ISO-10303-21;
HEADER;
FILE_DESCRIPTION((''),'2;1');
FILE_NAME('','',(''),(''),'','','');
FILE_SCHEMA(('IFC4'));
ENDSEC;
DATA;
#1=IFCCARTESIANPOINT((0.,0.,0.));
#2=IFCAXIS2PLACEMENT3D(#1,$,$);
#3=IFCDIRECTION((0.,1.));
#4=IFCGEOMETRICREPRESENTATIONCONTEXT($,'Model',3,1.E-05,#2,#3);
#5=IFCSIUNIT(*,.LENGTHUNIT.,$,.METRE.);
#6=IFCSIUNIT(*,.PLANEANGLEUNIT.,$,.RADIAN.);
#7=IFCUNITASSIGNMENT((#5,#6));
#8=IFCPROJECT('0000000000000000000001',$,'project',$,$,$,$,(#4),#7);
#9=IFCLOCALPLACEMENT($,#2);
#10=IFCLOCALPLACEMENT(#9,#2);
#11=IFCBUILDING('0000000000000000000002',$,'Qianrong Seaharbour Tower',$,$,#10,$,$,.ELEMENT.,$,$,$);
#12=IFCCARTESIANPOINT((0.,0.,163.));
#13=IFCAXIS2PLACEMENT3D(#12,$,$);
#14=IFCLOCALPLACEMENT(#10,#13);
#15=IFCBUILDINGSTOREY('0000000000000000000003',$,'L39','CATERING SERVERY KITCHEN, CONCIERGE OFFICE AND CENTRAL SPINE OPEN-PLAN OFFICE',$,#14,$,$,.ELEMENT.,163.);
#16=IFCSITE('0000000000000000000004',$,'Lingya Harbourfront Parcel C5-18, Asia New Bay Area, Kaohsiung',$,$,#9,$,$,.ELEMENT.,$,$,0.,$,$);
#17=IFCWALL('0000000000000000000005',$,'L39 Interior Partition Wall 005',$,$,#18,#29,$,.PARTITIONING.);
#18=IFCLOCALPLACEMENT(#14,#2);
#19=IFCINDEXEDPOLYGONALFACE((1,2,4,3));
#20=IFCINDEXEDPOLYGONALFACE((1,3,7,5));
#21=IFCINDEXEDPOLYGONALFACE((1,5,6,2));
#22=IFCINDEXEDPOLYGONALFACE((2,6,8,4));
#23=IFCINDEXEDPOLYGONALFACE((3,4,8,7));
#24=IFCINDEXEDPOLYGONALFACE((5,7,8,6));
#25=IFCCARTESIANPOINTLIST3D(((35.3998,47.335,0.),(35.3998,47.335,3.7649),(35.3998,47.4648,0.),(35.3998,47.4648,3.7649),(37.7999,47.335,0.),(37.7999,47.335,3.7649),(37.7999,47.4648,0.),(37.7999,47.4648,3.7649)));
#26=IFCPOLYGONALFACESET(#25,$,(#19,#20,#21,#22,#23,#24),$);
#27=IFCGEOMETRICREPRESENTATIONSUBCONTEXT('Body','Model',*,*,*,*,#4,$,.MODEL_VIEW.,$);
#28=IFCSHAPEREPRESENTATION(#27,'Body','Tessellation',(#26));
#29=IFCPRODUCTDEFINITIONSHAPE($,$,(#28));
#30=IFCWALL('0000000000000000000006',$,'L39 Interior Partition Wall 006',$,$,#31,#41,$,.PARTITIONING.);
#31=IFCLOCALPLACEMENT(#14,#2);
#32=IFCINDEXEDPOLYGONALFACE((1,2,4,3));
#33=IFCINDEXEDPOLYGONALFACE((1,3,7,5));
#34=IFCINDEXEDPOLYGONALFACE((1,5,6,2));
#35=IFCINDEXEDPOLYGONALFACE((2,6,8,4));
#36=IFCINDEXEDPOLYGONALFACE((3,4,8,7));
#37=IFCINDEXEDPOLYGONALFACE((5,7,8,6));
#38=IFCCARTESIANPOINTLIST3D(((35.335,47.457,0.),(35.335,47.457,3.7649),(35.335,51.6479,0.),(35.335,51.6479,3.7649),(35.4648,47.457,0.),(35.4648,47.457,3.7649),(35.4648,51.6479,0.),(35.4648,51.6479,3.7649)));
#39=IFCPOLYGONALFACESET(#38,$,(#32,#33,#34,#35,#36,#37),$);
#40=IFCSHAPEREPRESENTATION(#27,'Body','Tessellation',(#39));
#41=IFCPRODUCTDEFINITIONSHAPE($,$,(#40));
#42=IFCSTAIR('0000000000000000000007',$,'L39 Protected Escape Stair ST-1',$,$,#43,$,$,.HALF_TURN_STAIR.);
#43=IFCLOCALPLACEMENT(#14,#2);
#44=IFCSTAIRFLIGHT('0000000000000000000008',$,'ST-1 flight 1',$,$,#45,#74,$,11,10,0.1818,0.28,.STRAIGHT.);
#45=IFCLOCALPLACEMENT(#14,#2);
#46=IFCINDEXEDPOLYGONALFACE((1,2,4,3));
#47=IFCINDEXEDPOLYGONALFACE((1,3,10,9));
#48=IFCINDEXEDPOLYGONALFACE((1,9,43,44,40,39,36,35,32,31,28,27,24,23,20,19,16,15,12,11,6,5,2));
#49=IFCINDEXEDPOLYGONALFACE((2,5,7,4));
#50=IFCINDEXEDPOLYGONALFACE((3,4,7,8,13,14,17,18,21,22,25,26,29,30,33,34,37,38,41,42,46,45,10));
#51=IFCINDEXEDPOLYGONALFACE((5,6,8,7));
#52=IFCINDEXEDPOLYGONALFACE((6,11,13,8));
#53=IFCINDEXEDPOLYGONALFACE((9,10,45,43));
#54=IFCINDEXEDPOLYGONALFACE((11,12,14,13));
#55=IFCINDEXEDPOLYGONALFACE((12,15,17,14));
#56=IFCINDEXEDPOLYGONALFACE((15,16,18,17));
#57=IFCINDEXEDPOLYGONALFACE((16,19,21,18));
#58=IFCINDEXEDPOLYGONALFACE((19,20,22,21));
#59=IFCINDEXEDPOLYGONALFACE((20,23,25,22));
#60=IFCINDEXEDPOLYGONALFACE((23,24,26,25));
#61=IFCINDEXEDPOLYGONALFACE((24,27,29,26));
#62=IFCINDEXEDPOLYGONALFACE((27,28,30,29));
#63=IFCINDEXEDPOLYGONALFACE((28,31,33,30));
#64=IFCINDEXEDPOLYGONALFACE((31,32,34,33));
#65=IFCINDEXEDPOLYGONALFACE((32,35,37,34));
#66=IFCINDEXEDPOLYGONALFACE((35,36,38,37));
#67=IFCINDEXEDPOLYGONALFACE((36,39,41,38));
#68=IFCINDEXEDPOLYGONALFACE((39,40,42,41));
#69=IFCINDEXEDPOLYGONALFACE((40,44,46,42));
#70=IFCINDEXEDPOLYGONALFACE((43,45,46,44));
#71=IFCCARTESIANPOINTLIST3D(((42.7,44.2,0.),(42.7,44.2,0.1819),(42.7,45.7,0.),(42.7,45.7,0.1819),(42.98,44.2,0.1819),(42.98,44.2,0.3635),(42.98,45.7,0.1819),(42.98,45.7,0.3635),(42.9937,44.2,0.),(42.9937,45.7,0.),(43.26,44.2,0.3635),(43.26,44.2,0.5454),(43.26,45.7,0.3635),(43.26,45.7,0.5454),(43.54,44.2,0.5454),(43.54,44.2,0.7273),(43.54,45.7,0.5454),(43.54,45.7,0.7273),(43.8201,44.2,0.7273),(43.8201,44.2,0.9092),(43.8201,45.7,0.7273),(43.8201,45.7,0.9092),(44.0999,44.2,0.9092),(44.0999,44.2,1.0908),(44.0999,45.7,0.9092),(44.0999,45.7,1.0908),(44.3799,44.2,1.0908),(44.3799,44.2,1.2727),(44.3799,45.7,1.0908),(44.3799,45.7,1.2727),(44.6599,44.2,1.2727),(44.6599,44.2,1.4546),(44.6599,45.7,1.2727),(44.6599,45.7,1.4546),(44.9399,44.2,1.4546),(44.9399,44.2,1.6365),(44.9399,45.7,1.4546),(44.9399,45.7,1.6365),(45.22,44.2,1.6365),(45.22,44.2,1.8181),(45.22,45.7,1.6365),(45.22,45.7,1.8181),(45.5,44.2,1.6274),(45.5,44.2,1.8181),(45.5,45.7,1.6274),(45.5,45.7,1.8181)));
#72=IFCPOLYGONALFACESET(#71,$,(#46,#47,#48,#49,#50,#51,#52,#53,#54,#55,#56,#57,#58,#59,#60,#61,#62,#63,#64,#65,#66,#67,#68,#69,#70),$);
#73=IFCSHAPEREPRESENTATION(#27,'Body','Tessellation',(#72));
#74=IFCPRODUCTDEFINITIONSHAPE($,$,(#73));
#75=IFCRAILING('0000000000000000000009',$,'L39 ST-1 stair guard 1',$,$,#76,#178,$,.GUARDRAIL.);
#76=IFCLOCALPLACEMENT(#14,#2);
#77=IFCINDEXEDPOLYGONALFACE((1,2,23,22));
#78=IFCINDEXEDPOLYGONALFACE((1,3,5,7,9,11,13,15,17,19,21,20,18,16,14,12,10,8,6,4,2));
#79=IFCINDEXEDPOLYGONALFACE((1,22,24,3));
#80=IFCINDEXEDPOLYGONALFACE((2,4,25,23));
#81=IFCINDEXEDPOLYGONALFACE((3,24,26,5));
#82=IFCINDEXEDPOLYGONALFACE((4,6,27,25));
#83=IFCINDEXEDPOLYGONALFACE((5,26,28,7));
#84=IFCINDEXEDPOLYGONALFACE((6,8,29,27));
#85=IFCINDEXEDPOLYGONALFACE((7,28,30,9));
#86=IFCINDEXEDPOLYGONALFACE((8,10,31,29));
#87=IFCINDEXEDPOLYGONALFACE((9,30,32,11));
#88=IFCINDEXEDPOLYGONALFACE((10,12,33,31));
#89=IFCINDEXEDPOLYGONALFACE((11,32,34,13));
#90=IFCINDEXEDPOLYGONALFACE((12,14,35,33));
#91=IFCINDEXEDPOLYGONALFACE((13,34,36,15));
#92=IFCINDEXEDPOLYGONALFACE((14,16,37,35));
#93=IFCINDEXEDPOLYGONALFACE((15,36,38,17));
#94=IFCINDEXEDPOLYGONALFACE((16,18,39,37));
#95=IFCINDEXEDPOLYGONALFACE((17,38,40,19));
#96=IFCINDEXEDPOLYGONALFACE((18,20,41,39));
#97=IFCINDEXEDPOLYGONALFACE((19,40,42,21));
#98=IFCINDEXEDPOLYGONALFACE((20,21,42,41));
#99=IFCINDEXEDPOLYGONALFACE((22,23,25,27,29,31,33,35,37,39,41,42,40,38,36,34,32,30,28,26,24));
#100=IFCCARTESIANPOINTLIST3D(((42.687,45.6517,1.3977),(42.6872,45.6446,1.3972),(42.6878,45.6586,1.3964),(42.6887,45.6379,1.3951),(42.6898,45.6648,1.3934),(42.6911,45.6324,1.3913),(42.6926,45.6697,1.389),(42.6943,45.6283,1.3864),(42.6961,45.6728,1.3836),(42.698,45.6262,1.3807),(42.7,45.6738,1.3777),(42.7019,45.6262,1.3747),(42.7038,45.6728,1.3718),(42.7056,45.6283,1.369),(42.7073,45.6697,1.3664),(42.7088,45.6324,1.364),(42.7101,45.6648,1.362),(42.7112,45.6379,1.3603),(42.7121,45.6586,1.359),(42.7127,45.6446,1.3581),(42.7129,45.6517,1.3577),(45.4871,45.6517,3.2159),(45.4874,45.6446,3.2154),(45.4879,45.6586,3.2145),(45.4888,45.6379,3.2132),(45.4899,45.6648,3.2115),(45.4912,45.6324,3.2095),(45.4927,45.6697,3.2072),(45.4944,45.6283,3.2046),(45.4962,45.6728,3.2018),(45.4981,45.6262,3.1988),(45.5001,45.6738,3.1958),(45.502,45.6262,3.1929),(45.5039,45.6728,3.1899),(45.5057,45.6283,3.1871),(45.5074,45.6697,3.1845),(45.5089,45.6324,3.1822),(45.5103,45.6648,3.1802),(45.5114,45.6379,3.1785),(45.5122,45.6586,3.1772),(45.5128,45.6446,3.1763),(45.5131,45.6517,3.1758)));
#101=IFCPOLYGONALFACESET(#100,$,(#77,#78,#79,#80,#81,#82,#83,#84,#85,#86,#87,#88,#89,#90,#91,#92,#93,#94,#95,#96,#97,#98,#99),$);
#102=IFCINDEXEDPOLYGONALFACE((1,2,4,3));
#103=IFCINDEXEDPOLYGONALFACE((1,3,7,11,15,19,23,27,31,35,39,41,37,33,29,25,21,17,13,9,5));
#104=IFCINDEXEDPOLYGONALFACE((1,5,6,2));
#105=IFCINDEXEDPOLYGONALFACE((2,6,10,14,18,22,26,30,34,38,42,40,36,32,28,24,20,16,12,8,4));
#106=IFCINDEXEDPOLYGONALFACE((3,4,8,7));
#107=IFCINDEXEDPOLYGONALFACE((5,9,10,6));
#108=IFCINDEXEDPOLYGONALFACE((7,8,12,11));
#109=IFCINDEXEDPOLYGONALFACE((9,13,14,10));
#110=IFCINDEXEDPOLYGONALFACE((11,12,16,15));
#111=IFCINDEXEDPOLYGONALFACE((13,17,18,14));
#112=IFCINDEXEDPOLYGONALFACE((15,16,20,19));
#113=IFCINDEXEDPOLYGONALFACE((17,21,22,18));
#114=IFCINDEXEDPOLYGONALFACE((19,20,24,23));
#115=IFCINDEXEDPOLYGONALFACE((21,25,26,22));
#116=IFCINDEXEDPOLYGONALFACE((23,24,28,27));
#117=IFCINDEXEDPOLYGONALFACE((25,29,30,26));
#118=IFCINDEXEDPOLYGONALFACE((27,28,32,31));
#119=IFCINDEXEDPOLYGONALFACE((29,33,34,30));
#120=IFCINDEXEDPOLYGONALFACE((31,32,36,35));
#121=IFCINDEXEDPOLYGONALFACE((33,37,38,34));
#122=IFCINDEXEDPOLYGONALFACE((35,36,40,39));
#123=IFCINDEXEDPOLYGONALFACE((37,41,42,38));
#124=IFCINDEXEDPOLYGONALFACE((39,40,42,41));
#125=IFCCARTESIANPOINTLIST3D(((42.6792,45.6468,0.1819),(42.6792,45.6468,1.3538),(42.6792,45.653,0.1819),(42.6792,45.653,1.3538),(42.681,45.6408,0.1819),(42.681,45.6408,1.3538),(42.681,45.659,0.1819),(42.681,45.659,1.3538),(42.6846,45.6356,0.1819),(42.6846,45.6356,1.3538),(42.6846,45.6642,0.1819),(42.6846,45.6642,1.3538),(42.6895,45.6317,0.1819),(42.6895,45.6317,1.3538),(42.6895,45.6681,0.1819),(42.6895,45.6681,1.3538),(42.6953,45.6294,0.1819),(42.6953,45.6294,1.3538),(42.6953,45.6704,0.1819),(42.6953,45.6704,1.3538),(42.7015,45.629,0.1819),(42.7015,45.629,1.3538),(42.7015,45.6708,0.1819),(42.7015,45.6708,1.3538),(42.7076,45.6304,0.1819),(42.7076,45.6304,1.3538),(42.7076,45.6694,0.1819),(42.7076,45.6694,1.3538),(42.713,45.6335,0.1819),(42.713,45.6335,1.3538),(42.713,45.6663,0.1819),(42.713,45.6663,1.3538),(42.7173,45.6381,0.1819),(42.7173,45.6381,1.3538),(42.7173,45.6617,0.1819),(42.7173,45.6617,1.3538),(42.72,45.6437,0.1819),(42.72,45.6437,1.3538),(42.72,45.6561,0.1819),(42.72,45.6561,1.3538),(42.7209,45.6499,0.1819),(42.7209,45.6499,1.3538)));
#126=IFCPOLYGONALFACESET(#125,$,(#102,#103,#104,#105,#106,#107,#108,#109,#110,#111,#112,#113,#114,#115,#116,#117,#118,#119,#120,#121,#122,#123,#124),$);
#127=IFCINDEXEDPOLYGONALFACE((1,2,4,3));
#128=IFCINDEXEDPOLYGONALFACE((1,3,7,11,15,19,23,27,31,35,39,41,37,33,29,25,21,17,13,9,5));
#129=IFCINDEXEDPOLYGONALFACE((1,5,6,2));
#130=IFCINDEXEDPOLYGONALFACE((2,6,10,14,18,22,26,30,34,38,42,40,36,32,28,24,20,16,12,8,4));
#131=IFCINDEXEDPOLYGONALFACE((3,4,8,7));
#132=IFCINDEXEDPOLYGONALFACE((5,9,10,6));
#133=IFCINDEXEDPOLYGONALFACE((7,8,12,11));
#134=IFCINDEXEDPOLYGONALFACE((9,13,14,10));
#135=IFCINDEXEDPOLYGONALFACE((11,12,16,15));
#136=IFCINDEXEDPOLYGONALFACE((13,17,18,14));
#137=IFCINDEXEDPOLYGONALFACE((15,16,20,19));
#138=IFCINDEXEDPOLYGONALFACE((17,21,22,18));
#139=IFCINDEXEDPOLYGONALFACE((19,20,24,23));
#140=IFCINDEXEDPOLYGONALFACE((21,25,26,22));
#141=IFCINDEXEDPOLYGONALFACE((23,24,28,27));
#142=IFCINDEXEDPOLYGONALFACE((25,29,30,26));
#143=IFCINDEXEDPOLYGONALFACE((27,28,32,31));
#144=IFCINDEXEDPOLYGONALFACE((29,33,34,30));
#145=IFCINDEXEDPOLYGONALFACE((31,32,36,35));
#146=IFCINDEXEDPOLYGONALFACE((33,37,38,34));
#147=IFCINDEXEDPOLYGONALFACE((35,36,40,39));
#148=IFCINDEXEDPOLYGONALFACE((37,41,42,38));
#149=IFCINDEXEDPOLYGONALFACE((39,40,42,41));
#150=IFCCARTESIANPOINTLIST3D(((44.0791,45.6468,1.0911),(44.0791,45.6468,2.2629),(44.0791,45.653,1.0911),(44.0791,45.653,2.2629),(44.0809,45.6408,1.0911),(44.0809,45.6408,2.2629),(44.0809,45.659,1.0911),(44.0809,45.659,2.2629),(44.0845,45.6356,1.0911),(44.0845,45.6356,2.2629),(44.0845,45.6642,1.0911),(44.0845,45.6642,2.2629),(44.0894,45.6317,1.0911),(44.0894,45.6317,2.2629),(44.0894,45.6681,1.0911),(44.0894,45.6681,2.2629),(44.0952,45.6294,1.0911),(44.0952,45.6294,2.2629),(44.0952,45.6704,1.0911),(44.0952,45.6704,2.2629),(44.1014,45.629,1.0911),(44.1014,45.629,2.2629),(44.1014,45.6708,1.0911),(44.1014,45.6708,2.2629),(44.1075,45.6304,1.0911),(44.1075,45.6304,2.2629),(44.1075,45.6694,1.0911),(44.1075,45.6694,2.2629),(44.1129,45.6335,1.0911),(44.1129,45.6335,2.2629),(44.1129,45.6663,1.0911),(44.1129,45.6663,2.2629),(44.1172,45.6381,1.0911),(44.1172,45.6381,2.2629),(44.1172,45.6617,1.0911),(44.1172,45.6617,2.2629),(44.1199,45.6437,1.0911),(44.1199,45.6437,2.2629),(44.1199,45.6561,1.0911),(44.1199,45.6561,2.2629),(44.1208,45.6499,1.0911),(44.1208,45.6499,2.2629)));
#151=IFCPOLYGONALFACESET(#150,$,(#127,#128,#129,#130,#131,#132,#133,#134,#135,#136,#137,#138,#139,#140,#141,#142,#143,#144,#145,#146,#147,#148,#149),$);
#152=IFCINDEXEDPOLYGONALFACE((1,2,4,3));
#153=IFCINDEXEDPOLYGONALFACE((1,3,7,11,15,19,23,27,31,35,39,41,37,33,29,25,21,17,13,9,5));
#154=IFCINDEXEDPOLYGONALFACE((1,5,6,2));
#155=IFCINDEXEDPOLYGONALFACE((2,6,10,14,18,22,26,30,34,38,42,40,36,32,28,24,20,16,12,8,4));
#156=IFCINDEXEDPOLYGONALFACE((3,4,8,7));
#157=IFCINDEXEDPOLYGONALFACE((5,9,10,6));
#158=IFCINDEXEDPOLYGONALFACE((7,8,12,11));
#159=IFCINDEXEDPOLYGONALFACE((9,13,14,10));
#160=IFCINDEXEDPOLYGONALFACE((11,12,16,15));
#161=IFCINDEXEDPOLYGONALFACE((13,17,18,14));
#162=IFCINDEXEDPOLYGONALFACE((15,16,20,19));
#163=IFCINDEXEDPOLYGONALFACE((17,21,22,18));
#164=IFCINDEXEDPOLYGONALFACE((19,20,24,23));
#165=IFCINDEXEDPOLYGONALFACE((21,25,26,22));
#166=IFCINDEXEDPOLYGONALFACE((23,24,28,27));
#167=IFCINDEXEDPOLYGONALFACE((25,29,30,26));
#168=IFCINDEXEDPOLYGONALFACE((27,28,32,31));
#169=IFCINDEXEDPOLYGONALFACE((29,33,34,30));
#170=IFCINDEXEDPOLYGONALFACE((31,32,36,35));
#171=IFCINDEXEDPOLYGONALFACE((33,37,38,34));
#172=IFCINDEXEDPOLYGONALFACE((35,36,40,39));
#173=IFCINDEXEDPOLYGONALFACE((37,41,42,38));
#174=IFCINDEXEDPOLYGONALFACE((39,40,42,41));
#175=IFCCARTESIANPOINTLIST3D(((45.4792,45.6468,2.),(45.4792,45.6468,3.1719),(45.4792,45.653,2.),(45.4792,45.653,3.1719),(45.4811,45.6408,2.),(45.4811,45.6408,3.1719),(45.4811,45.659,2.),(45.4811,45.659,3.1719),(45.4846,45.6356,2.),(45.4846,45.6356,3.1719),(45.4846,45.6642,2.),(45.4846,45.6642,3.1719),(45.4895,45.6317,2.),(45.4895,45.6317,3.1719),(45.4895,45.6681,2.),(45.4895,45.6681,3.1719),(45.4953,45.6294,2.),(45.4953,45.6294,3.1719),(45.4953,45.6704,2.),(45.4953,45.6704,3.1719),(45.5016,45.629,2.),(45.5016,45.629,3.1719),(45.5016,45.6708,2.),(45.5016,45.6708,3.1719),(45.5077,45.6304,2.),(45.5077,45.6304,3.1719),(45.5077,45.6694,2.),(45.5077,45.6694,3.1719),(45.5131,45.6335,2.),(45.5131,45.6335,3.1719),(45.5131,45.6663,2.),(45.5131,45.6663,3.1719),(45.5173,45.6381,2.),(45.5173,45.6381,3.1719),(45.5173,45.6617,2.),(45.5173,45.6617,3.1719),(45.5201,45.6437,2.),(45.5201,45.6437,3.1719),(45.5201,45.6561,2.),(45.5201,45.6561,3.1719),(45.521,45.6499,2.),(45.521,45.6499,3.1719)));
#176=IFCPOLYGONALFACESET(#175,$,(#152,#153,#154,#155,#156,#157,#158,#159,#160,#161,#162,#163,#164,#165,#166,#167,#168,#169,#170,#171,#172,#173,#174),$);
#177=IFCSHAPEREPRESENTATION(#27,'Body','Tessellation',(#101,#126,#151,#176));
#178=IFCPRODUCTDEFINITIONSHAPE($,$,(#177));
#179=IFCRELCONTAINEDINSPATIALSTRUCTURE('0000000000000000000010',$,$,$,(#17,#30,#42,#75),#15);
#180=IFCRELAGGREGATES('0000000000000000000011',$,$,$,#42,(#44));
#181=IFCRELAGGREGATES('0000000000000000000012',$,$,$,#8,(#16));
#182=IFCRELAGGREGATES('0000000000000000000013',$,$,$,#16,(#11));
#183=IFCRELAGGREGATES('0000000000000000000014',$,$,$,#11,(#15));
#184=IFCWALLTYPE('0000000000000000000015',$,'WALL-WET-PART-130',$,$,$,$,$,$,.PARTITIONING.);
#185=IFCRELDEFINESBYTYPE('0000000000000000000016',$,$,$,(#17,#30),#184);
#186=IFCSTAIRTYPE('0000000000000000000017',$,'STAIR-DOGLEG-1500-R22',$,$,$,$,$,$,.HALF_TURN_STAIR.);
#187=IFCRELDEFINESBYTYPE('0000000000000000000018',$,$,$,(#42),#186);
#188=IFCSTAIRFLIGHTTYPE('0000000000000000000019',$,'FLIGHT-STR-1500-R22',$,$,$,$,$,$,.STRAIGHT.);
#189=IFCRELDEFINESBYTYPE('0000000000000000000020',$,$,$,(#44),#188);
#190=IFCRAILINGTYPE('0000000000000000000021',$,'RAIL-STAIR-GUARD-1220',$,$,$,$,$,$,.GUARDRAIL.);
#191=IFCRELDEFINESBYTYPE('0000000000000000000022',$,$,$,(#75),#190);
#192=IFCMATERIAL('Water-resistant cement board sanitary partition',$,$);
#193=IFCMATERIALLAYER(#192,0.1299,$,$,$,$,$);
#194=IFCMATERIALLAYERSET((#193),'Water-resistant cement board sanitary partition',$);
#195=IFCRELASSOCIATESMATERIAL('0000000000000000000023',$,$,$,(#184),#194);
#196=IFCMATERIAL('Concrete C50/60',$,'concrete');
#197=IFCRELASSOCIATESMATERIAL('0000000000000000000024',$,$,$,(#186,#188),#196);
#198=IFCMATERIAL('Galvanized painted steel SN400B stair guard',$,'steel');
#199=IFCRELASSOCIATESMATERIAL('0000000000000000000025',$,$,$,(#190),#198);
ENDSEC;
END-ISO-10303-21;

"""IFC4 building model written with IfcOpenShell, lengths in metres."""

from ifc_helpers import new_model, si_unit, direction, frame, frame_2d, origin, origin_2d, place, context, subcontext, project, spatial, polyline, rectangle, circle, outline, extrude, material, layer, layer_set, type_object, element, aggregate, save


model = new_model("IFC4")

# Units and contexts
model_context = context("Model", 3, precision=1e-05, world=origin(), true_north=direction((0.0, 1.0)))
body_context = subcontext(model_context, "Body", "Model", "MODEL_VIEW")
ifc_project = project(units=[si_unit("LENGTHUNIT", "METRE"), si_unit("PLANEANGLEUNIT", "RADIAN")], contexts=[model_context])

# Site, building, storey
site_placement = place(None, origin())
site = spatial("IfcSite", under=ifc_project, at=site_placement, Name="Lingya Harbourfront Parcel C5-18, Asia New Bay Area, Kaohsiung", CompositionType="ELEMENT", RefElevation=0.0)
building_placement = place(site_placement, origin())
building = spatial("IfcBuilding", under=site, at=building_placement, Name="Qianrong Seaharbour Tower", CompositionType="ELEMENT")
storey_placement = place(building_placement, frame((0.0, 0.0, 163.0)))
storey = spatial("IfcBuildingStorey", under=building, at=storey_placement, Name="L39", Description="CATERING SERVERY KITCHEN, CONCIERGE OFFICE AND CENTRAL SPINE OPEN-PLAN OFFICE", CompositionType="ELEMENT", Elevation=163.0)

# Shared definitions
ifc_material_1 = material(Name="Concrete C50/60", Category="concrete")

# Shared definitions
ifc_material_2 = material(Name="Water-resistant cement board sanitary partition")
ifc_layer_1 = layer(ifc_material_2, 0.1299)
ifc_layer_set_1 = layer_set([ifc_layer_1], Name="Water-resistant cement board sanitary partition")
wall_type_1 = type_object("IfcWallType", Name="WALL-WET-PART-130", PredefinedType="PARTITIONING", material=ifc_layer_set_1)

# Walls
wall_1_placement = place(storey_placement, frame((37.8, 47.3999, 0.0), z_axis=(0.0, 0.0, 1.0), x_axis=(-1.0, 0.0, 0.0)))
element("IfcWall", 1, at=wall_1_placement, inside=storey, type_object=wall_type_1, Name="L39 Interior Partition Wall 005", PredefinedType="PARTITIONING", context=body_context, shape_type="SweptSolid", body=[
    extrude(rectangle(XDim=2.4001, YDim=0.1299, at=frame_2d((1.2002, 0.0))), origin(), (0.0, 0.0, 1.0), 3.7649),
])
wall_2_placement = place(storey_placement, frame((35.3999, 47.457, 0.0), z_axis=(0.0, 0.0, 1.0), x_axis=(0.0, 1.0, 0.0)))
element("IfcWall", 2, at=wall_2_placement, inside=storey, type_object=wall_type_1, Name="L39 Interior Partition Wall 006", PredefinedType="PARTITIONING", context=body_context, shape_type="SweptSolid", body=[
    extrude(rectangle(XDim=4.1909, YDim=0.1299, at=frame_2d((2.0955, 0.0))), origin(), (0.0, 0.0, 1.0), 3.7649),
])

# Stair, stair flight
stair_type = type_object("IfcStairType", Name="STAIR-DOGLEG-1500-R22", PredefinedType="HALF_TURN_STAIR", material=ifc_material_1)
stair_placement = place(storey_placement, origin())
stair = element("IfcStair", 3, at=stair_placement, inside=storey, type_object=stair_type, Name="L39 Protected Escape Stair ST-1", PredefinedType="HALF_TURN_STAIR")
stair_flight_type = type_object("IfcStairFlightType", Name="FLIGHT-STR-1500-R22", PredefinedType="STRAIGHT", material=ifc_material_1)
stair_flight_placement = place(storey_placement, frame((42.7, 44.95, 0.0), z_axis=(0.0, 0.0, 1.0), x_axis=(1.0, 0.0, 0.0)))
stair_flight = element("IfcStairFlight", 4, at=stair_flight_placement, type_object=stair_flight_type, Name="ST-1 flight 1", NumberOfRisers=11, NumberOfTreads=10, PredefinedType="STRAIGHT", RiserHeight=0.1818, TreadLength=0.28, context=body_context, shape_type="SweptSolid", body=[
    extrude(outline(polyline([(0.0, 0.0), (0.0, 0.1819), (0.28, 0.1819), (0.28, 0.3635), (0.5601, 0.3635), (0.5601, 0.5454), (0.8401, 0.5454), (0.8401, 0.7273), (1.1201, 0.7273), (1.1201, 0.9092), (1.3999, 0.9092), (1.3999, 1.0908), (1.6799, 1.0908), (1.6799, 1.2727), (1.96, 1.2727), (1.96, 1.4546), (2.24, 1.4546), (2.24, 1.6365), (2.52, 1.6365), (2.52, 1.8181), (2.8, 1.8181), (2.8, 2.0), (2.8, 1.6274), (0.2937, 0.0), (0.0, 0.0)])), frame((0.0, 0.75, 0.0), z_axis=(0.0, -1.0, 0.0), x_axis=(1.0, 0.0, 0.0)), (0.0, 0.0, 1.0), 1.5),
])
aggregate(stair, [stair_flight])

# Railing
ifc_material_3 = material(Name="Galvanized painted steel SN400B stair guard", Category="steel")
railing_type = type_object("IfcRailingType", Name="RAIL-STAIR-GUARD-1220", PredefinedType="GUARDRAIL", material=ifc_material_3)
railing_1_placement = place(storey_placement, frame((42.7, 45.6499, 0.1819)))
element("IfcRailing", 5, at=railing_1_placement, inside=storey, type_object=railing_type, Name="L39 ST-1 stair guard 1", PredefinedType="GUARDRAIL", context=body_context, shape_type="SweptSolid", body=[
    extrude(circle(Radius=0.0239, at=origin_2d()), frame((0.0, 0.0, 1.1958), z_axis=(0.838706, 0.0, 0.544585), x_axis=(0.0, 1.0, 0.0)), (0.0, 0.0, 1.0), 3.3386),
    extrude(circle(Radius=0.021, at=origin_2d()), origin(), (0.0, 0.0, 1.0), 1.1719),
    extrude(circle(Radius=0.021, at=origin_2d()), frame((1.3999, 0.0, 0.9092)), (0.0, 0.0, 1.0), 1.1719),
    extrude(circle(Radius=0.021, at=origin_2d()), frame((2.8, 0.0, 1.8181)), (0.0, 0.0, 1.0), 1.1719),
])

save(model, "model.ifc")
